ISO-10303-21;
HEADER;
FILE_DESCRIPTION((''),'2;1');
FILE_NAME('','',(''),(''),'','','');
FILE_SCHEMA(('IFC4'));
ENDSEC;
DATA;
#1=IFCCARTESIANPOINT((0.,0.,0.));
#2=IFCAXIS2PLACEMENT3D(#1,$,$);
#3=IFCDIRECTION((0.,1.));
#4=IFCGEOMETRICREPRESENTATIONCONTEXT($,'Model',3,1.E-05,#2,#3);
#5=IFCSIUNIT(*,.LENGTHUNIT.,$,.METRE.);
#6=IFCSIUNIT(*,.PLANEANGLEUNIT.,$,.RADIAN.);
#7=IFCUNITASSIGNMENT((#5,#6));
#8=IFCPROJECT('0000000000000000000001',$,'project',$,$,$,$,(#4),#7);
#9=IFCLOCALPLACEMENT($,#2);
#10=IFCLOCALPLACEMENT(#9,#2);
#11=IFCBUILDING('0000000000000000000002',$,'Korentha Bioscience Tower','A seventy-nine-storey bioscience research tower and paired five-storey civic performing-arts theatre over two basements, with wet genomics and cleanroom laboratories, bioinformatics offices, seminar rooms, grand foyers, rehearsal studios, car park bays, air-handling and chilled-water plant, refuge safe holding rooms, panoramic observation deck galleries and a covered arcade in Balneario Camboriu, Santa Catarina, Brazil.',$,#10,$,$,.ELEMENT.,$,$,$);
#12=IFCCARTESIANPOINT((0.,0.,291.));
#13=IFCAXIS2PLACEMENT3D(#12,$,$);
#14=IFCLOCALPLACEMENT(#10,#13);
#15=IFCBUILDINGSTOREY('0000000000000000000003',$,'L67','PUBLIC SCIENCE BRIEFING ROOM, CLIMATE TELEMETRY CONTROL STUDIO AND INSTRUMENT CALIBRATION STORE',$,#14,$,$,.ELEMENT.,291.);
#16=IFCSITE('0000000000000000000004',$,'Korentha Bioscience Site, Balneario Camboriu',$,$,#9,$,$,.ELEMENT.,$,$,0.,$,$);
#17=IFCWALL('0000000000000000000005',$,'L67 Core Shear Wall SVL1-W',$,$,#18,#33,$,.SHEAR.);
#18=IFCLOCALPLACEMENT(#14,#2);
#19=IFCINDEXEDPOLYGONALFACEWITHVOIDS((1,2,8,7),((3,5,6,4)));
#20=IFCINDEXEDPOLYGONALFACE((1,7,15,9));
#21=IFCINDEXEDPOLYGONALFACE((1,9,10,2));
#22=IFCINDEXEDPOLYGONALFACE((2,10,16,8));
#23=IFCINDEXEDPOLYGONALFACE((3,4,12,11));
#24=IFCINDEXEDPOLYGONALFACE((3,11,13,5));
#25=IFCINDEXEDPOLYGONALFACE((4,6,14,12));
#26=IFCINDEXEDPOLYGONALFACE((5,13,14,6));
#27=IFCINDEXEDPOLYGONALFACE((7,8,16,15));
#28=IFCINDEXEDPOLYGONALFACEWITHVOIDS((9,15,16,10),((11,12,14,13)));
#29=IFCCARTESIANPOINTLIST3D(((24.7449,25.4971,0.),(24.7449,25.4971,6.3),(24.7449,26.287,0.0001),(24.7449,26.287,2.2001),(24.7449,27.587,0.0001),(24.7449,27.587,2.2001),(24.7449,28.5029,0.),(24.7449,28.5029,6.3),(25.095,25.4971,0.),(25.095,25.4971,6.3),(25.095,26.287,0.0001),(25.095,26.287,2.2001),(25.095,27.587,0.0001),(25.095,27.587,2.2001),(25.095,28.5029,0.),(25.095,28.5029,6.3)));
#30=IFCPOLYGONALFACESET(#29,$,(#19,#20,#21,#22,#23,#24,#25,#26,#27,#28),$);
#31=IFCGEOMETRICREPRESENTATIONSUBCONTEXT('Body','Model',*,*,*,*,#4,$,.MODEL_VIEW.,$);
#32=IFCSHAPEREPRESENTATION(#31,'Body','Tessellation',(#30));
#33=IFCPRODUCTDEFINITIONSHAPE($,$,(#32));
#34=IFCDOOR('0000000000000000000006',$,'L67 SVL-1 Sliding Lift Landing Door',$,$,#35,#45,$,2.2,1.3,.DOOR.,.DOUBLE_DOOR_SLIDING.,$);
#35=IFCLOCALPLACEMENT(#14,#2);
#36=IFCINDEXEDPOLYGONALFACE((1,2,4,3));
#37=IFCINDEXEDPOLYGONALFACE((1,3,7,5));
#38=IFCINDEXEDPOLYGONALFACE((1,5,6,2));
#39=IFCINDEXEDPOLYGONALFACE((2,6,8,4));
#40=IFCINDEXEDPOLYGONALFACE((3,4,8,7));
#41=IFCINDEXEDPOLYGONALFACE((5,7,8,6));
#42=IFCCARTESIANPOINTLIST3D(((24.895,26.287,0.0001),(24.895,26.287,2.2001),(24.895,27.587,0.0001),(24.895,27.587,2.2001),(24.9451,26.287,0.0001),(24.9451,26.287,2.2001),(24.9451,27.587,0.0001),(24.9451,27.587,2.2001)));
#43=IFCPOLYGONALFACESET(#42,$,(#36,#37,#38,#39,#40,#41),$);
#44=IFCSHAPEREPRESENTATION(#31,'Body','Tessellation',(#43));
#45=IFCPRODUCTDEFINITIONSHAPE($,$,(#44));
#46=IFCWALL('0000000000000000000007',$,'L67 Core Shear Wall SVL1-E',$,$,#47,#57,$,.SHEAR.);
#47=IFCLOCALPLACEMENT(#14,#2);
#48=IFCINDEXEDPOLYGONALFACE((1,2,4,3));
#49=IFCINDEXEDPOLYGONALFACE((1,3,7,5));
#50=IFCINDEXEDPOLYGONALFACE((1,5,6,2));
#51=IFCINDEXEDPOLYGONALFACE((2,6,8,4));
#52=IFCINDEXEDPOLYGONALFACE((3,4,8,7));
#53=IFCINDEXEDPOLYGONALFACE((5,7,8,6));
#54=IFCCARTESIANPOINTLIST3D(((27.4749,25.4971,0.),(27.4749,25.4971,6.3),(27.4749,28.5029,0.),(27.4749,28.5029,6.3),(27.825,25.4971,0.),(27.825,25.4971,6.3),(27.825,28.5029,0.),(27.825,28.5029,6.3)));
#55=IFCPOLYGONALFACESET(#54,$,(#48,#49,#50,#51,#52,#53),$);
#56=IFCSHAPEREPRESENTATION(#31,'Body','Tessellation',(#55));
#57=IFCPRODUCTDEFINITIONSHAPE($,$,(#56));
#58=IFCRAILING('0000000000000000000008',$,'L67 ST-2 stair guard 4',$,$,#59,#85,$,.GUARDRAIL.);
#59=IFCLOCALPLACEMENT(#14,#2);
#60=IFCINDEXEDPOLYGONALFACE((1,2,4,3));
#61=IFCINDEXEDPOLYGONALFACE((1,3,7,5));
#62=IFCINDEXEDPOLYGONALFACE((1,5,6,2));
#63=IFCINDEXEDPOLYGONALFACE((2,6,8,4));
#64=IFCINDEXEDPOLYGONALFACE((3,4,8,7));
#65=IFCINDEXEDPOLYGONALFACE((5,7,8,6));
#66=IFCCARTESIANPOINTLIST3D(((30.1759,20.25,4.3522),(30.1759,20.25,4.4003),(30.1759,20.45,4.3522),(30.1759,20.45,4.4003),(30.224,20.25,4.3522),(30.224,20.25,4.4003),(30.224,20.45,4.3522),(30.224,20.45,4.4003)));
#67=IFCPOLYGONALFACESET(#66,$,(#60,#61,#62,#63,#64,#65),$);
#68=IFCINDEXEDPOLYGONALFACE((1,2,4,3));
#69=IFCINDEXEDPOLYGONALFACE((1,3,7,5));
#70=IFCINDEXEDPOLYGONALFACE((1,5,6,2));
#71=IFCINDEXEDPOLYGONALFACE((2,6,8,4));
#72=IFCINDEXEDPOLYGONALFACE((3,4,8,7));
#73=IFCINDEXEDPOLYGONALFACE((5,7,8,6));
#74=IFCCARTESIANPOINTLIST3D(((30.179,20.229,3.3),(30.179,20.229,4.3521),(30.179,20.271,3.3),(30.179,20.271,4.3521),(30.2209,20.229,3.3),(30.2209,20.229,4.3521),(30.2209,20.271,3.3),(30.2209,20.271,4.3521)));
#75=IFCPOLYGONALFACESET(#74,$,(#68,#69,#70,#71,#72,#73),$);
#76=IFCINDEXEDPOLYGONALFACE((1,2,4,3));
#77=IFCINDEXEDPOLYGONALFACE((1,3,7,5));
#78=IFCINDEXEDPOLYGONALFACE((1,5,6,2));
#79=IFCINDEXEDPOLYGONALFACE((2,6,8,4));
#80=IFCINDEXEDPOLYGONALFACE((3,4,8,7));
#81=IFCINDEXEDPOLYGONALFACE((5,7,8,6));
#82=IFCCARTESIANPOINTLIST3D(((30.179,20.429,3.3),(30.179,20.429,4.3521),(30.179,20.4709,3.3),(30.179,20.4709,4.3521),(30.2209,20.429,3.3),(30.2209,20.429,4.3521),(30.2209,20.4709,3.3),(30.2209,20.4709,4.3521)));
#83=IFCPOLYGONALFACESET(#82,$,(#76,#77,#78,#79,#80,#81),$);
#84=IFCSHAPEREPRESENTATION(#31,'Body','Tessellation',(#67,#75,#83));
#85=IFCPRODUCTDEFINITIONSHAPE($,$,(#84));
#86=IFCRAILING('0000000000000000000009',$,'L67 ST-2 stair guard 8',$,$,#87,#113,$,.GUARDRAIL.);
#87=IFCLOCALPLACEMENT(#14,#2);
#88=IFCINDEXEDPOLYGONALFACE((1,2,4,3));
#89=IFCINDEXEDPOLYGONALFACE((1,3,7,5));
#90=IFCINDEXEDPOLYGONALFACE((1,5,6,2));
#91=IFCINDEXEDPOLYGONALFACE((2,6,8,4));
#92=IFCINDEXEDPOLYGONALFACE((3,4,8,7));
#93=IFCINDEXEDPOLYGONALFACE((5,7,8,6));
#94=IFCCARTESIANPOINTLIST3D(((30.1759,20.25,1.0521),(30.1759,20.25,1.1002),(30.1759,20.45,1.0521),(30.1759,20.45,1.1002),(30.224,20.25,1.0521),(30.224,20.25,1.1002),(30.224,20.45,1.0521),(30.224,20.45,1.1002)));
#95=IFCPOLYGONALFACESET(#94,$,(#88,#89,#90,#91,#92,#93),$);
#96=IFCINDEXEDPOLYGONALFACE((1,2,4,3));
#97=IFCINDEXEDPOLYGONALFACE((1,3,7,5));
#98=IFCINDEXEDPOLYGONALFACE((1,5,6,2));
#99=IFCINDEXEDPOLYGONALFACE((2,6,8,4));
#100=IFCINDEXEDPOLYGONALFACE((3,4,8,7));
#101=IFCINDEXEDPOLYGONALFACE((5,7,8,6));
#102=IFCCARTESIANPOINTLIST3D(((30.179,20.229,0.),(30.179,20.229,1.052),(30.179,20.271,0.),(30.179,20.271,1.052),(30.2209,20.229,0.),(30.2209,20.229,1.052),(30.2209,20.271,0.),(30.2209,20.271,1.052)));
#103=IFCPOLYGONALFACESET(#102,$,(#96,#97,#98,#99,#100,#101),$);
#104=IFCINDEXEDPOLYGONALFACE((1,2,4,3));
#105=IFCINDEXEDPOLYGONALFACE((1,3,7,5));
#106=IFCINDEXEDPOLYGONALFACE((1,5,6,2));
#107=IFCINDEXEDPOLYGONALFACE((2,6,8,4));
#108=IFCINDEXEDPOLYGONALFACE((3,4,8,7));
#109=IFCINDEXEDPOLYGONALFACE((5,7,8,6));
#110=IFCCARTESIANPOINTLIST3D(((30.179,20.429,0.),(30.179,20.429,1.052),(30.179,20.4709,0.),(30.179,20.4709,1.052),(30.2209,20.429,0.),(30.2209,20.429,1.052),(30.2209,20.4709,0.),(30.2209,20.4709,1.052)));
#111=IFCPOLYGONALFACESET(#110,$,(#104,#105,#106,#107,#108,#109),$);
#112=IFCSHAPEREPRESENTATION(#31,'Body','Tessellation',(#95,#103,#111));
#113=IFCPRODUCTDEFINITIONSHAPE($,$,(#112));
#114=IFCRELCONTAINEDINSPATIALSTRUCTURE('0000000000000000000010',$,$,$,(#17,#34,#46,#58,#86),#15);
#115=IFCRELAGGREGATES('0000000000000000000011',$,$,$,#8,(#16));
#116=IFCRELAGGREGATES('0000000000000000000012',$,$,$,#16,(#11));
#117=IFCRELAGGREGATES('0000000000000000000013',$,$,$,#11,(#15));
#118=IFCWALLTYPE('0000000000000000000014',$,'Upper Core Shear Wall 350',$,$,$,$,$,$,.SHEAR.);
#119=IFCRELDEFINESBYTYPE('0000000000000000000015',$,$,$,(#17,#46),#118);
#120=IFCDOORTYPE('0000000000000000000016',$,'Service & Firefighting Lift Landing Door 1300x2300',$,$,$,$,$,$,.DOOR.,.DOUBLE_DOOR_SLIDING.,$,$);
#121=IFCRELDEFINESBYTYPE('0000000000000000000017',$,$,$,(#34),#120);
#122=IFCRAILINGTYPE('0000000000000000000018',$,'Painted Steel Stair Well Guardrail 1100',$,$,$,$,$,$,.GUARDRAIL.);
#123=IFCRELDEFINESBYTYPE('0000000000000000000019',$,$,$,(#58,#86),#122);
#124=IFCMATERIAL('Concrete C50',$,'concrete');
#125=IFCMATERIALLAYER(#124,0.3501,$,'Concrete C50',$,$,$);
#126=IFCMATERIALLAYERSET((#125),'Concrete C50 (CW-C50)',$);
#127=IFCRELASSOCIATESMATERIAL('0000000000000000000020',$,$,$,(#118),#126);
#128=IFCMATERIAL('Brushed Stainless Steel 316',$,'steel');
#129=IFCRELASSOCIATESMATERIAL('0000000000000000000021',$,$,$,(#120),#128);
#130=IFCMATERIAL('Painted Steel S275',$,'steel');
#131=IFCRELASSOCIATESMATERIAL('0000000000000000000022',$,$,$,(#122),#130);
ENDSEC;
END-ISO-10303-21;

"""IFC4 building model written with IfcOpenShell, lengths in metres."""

from ifc_helpers import new_model, si_unit, direction, frame, frame_2d, origin, origin_2d, place, context, subcontext, project, spatial, rectangle, extrude, material, layer, layer_set, type_object, element, fill, save


model = new_model("IFC4")

# Units and contexts
model_context = context("Model", 3, precision=1e-05, world=origin(), true_north=direction((0.0, 1.0)))
body_context = subcontext(model_context, "Body", "Model", "MODEL_VIEW")
ifc_project = project(units=[si_unit("LENGTHUNIT", "METRE"), si_unit("PLANEANGLEUNIT", "RADIAN")], contexts=[model_context])

# Site, building, storey
site_placement = place(None, origin())
site = spatial("IfcSite", under=ifc_project, at=site_placement, Name="Korentha Bioscience Site, Balneario Camboriu", CompositionType="ELEMENT", RefElevation=0.0)
building_placement = place(site_placement, origin())
building = spatial("IfcBuilding", under=site, at=building_placement, Name="Korentha Bioscience Tower", Description="A seventy-nine-storey bioscience research tower and paired five-storey civic performing-arts theatre over two basements, with wet genomics and cleanroom laboratories, bioinformatics offices, seminar rooms, grand foyers, rehearsal studios, car park bays, air-handling and chilled-water plant, refuge safe holding rooms, panoramic observation deck galleries and a covered arcade in Balneario Camboriu, Santa Catarina, Brazil.", CompositionType="ELEMENT")
storey_placement = place(building_placement, frame((0.0, 0.0, 291.0)))
storey = spatial("IfcBuildingStorey", under=building, at=storey_placement, Name="L67", Description="PUBLIC SCIENCE BRIEFING ROOM, CLIMATE TELEMETRY CONTROL STUDIO AND INSTRUMENT CALIBRATION STORE", CompositionType="ELEMENT", Elevation=291.0)

# Shared definitions
ifc_material_1 = material(Name="Concrete C50", Category="concrete")

# Shared definitions
ifc_layer_1 = layer(ifc_material_1, 0.3501, Name="Concrete C50")
ifc_layer_set_1 = layer_set([ifc_layer_1], Name="Concrete C50 (CW-C50)")
wall_type_1 = type_object("IfcWallType", Name="Upper Core Shear Wall 350", PredefinedType="SHEAR", material=ifc_layer_set_1)

# Shared definitions
ifc_material_2 = material(Name="Brushed Stainless Steel 316", Category="steel")
door_type_1 = type_object("IfcDoorType", Name="Service & Firefighting Lift Landing Door 1300x2300", OperationType="DOUBLE_DOOR_SLIDING", PredefinedType="DOOR", material=ifc_material_2)

# Wall, opening, door
wall_1_placement = place(storey_placement, frame((24.9199, 25.4971, 0.0), z_axis=(0.0, 0.0, 1.0), x_axis=(0.0, 1.0, 0.0)))
wall_1 = element("IfcWall", 1, at=wall_1_placement, inside=storey, type_object=wall_type_1, Name="L67 Core Shear Wall SVL1-W", PredefinedType="SHEAR", context=body_context, shape_type="SweptSolid", body=[
    extrude(rectangle(XDim=3.0059, YDim=0.3501, at=frame_2d((1.5029, 0.0))), origin(), (0.0, 0.0, 1.0), 6.3),
])
opening_1_placement = place(wall_1_placement, frame((0.79, 0.0, 0.0)))
opening_1 = element("IfcOpeningElement", 2, at=opening_1_placement, cuts=wall_1, PredefinedType="OPENING", context=body_context, shape_type="SweptSolid", body=[
    extrude(rectangle(XDim=1.3, YDim=2.2, at=frame_2d((0.6499, 1.1001))), frame((0.0, 0.1899, 0.0), z_axis=(0.0, -1.0, 0.0), x_axis=(1.0, 0.0, 0.0)), (0.0, 0.0, 1.0), 0.3799),
])
door_1_placement = place(opening_1_placement, origin())
door_1 = element("IfcDoor", 3, at=door_1_placement, inside=storey, type_object=door_type_1, Name="L67 SVL-1 Sliding Lift Landing Door", OperationType="DOUBLE_DOOR_SLIDING", OverallHeight=2.2, OverallWidth=1.3, PredefinedType="DOOR", context=body_context, shape_type="SweptSolid", body=[
    extrude(rectangle(XDim=1.3, YDim=2.2, at=frame_2d((0.6499, 1.1001))), frame((0.0, 0.0249, 0.0), z_axis=(0.0, -1.0, 0.0), x_axis=(1.0, 0.0, 0.0)), (0.0, 0.0, 1.0), 0.05),
])
fill(opening_1, door_1)

# Wall
wall_2_placement = place(storey_placement, frame((27.6499, 25.4971, 0.0), z_axis=(0.0, 0.0, 1.0), x_axis=(0.0, 1.0, 0.0)))
element("IfcWall", 4, at=wall_2_placement, inside=storey, type_object=wall_type_1, Name="L67 Core Shear Wall SVL1-E", PredefinedType="SHEAR", context=body_context, shape_type="SweptSolid", body=[
    extrude(rectangle(XDim=3.0059, YDim=0.3501, at=frame_2d((1.5029, 0.0))), origin(), (0.0, 0.0, 1.0), 6.3),
])

# Railings
ifc_material_3 = material(Name="Painted Steel S275", Category="steel")
railing_type = type_object("IfcRailingType", Name="Painted Steel Stair Well Guardrail 1100", PredefinedType="GUARDRAIL", material=ifc_material_3)
for number, where, name in (
    (5, (30.2, 20.25, 3.3), "L67 ST-2 stair guard 4"),
    (6, (30.2, 20.25, 0.0), "L67 ST-2 stair guard 8"),
):
    element("IfcRailing", number, at=place(storey_placement, frame(where)), inside=storey, type_object=railing_type, Name=name, PredefinedType="GUARDRAIL", context=body_context, shape_type="SweptSolid", body=[
        extrude(rectangle(XDim=0.0481, YDim=0.0481, at=origin_2d()), frame((0.0, 0.0, 1.0762), z_axis=(0.0, 1.0, 0.0), x_axis=(-1.0, 0.0, 0.0)), (0.0, 0.0, 1.0), 0.2),
        extrude(rectangle(XDim=0.042, YDim=0.042, at=origin_2d()), origin(), (0.0, 0.0, 1.0), 1.052),
        extrude(rectangle(XDim=0.042, YDim=0.042, at=origin_2d()), frame((0.0, 0.2, 0.0)), (0.0, 0.0, 1.0), 1.052),
    ])

save(model, "model.ifc")
